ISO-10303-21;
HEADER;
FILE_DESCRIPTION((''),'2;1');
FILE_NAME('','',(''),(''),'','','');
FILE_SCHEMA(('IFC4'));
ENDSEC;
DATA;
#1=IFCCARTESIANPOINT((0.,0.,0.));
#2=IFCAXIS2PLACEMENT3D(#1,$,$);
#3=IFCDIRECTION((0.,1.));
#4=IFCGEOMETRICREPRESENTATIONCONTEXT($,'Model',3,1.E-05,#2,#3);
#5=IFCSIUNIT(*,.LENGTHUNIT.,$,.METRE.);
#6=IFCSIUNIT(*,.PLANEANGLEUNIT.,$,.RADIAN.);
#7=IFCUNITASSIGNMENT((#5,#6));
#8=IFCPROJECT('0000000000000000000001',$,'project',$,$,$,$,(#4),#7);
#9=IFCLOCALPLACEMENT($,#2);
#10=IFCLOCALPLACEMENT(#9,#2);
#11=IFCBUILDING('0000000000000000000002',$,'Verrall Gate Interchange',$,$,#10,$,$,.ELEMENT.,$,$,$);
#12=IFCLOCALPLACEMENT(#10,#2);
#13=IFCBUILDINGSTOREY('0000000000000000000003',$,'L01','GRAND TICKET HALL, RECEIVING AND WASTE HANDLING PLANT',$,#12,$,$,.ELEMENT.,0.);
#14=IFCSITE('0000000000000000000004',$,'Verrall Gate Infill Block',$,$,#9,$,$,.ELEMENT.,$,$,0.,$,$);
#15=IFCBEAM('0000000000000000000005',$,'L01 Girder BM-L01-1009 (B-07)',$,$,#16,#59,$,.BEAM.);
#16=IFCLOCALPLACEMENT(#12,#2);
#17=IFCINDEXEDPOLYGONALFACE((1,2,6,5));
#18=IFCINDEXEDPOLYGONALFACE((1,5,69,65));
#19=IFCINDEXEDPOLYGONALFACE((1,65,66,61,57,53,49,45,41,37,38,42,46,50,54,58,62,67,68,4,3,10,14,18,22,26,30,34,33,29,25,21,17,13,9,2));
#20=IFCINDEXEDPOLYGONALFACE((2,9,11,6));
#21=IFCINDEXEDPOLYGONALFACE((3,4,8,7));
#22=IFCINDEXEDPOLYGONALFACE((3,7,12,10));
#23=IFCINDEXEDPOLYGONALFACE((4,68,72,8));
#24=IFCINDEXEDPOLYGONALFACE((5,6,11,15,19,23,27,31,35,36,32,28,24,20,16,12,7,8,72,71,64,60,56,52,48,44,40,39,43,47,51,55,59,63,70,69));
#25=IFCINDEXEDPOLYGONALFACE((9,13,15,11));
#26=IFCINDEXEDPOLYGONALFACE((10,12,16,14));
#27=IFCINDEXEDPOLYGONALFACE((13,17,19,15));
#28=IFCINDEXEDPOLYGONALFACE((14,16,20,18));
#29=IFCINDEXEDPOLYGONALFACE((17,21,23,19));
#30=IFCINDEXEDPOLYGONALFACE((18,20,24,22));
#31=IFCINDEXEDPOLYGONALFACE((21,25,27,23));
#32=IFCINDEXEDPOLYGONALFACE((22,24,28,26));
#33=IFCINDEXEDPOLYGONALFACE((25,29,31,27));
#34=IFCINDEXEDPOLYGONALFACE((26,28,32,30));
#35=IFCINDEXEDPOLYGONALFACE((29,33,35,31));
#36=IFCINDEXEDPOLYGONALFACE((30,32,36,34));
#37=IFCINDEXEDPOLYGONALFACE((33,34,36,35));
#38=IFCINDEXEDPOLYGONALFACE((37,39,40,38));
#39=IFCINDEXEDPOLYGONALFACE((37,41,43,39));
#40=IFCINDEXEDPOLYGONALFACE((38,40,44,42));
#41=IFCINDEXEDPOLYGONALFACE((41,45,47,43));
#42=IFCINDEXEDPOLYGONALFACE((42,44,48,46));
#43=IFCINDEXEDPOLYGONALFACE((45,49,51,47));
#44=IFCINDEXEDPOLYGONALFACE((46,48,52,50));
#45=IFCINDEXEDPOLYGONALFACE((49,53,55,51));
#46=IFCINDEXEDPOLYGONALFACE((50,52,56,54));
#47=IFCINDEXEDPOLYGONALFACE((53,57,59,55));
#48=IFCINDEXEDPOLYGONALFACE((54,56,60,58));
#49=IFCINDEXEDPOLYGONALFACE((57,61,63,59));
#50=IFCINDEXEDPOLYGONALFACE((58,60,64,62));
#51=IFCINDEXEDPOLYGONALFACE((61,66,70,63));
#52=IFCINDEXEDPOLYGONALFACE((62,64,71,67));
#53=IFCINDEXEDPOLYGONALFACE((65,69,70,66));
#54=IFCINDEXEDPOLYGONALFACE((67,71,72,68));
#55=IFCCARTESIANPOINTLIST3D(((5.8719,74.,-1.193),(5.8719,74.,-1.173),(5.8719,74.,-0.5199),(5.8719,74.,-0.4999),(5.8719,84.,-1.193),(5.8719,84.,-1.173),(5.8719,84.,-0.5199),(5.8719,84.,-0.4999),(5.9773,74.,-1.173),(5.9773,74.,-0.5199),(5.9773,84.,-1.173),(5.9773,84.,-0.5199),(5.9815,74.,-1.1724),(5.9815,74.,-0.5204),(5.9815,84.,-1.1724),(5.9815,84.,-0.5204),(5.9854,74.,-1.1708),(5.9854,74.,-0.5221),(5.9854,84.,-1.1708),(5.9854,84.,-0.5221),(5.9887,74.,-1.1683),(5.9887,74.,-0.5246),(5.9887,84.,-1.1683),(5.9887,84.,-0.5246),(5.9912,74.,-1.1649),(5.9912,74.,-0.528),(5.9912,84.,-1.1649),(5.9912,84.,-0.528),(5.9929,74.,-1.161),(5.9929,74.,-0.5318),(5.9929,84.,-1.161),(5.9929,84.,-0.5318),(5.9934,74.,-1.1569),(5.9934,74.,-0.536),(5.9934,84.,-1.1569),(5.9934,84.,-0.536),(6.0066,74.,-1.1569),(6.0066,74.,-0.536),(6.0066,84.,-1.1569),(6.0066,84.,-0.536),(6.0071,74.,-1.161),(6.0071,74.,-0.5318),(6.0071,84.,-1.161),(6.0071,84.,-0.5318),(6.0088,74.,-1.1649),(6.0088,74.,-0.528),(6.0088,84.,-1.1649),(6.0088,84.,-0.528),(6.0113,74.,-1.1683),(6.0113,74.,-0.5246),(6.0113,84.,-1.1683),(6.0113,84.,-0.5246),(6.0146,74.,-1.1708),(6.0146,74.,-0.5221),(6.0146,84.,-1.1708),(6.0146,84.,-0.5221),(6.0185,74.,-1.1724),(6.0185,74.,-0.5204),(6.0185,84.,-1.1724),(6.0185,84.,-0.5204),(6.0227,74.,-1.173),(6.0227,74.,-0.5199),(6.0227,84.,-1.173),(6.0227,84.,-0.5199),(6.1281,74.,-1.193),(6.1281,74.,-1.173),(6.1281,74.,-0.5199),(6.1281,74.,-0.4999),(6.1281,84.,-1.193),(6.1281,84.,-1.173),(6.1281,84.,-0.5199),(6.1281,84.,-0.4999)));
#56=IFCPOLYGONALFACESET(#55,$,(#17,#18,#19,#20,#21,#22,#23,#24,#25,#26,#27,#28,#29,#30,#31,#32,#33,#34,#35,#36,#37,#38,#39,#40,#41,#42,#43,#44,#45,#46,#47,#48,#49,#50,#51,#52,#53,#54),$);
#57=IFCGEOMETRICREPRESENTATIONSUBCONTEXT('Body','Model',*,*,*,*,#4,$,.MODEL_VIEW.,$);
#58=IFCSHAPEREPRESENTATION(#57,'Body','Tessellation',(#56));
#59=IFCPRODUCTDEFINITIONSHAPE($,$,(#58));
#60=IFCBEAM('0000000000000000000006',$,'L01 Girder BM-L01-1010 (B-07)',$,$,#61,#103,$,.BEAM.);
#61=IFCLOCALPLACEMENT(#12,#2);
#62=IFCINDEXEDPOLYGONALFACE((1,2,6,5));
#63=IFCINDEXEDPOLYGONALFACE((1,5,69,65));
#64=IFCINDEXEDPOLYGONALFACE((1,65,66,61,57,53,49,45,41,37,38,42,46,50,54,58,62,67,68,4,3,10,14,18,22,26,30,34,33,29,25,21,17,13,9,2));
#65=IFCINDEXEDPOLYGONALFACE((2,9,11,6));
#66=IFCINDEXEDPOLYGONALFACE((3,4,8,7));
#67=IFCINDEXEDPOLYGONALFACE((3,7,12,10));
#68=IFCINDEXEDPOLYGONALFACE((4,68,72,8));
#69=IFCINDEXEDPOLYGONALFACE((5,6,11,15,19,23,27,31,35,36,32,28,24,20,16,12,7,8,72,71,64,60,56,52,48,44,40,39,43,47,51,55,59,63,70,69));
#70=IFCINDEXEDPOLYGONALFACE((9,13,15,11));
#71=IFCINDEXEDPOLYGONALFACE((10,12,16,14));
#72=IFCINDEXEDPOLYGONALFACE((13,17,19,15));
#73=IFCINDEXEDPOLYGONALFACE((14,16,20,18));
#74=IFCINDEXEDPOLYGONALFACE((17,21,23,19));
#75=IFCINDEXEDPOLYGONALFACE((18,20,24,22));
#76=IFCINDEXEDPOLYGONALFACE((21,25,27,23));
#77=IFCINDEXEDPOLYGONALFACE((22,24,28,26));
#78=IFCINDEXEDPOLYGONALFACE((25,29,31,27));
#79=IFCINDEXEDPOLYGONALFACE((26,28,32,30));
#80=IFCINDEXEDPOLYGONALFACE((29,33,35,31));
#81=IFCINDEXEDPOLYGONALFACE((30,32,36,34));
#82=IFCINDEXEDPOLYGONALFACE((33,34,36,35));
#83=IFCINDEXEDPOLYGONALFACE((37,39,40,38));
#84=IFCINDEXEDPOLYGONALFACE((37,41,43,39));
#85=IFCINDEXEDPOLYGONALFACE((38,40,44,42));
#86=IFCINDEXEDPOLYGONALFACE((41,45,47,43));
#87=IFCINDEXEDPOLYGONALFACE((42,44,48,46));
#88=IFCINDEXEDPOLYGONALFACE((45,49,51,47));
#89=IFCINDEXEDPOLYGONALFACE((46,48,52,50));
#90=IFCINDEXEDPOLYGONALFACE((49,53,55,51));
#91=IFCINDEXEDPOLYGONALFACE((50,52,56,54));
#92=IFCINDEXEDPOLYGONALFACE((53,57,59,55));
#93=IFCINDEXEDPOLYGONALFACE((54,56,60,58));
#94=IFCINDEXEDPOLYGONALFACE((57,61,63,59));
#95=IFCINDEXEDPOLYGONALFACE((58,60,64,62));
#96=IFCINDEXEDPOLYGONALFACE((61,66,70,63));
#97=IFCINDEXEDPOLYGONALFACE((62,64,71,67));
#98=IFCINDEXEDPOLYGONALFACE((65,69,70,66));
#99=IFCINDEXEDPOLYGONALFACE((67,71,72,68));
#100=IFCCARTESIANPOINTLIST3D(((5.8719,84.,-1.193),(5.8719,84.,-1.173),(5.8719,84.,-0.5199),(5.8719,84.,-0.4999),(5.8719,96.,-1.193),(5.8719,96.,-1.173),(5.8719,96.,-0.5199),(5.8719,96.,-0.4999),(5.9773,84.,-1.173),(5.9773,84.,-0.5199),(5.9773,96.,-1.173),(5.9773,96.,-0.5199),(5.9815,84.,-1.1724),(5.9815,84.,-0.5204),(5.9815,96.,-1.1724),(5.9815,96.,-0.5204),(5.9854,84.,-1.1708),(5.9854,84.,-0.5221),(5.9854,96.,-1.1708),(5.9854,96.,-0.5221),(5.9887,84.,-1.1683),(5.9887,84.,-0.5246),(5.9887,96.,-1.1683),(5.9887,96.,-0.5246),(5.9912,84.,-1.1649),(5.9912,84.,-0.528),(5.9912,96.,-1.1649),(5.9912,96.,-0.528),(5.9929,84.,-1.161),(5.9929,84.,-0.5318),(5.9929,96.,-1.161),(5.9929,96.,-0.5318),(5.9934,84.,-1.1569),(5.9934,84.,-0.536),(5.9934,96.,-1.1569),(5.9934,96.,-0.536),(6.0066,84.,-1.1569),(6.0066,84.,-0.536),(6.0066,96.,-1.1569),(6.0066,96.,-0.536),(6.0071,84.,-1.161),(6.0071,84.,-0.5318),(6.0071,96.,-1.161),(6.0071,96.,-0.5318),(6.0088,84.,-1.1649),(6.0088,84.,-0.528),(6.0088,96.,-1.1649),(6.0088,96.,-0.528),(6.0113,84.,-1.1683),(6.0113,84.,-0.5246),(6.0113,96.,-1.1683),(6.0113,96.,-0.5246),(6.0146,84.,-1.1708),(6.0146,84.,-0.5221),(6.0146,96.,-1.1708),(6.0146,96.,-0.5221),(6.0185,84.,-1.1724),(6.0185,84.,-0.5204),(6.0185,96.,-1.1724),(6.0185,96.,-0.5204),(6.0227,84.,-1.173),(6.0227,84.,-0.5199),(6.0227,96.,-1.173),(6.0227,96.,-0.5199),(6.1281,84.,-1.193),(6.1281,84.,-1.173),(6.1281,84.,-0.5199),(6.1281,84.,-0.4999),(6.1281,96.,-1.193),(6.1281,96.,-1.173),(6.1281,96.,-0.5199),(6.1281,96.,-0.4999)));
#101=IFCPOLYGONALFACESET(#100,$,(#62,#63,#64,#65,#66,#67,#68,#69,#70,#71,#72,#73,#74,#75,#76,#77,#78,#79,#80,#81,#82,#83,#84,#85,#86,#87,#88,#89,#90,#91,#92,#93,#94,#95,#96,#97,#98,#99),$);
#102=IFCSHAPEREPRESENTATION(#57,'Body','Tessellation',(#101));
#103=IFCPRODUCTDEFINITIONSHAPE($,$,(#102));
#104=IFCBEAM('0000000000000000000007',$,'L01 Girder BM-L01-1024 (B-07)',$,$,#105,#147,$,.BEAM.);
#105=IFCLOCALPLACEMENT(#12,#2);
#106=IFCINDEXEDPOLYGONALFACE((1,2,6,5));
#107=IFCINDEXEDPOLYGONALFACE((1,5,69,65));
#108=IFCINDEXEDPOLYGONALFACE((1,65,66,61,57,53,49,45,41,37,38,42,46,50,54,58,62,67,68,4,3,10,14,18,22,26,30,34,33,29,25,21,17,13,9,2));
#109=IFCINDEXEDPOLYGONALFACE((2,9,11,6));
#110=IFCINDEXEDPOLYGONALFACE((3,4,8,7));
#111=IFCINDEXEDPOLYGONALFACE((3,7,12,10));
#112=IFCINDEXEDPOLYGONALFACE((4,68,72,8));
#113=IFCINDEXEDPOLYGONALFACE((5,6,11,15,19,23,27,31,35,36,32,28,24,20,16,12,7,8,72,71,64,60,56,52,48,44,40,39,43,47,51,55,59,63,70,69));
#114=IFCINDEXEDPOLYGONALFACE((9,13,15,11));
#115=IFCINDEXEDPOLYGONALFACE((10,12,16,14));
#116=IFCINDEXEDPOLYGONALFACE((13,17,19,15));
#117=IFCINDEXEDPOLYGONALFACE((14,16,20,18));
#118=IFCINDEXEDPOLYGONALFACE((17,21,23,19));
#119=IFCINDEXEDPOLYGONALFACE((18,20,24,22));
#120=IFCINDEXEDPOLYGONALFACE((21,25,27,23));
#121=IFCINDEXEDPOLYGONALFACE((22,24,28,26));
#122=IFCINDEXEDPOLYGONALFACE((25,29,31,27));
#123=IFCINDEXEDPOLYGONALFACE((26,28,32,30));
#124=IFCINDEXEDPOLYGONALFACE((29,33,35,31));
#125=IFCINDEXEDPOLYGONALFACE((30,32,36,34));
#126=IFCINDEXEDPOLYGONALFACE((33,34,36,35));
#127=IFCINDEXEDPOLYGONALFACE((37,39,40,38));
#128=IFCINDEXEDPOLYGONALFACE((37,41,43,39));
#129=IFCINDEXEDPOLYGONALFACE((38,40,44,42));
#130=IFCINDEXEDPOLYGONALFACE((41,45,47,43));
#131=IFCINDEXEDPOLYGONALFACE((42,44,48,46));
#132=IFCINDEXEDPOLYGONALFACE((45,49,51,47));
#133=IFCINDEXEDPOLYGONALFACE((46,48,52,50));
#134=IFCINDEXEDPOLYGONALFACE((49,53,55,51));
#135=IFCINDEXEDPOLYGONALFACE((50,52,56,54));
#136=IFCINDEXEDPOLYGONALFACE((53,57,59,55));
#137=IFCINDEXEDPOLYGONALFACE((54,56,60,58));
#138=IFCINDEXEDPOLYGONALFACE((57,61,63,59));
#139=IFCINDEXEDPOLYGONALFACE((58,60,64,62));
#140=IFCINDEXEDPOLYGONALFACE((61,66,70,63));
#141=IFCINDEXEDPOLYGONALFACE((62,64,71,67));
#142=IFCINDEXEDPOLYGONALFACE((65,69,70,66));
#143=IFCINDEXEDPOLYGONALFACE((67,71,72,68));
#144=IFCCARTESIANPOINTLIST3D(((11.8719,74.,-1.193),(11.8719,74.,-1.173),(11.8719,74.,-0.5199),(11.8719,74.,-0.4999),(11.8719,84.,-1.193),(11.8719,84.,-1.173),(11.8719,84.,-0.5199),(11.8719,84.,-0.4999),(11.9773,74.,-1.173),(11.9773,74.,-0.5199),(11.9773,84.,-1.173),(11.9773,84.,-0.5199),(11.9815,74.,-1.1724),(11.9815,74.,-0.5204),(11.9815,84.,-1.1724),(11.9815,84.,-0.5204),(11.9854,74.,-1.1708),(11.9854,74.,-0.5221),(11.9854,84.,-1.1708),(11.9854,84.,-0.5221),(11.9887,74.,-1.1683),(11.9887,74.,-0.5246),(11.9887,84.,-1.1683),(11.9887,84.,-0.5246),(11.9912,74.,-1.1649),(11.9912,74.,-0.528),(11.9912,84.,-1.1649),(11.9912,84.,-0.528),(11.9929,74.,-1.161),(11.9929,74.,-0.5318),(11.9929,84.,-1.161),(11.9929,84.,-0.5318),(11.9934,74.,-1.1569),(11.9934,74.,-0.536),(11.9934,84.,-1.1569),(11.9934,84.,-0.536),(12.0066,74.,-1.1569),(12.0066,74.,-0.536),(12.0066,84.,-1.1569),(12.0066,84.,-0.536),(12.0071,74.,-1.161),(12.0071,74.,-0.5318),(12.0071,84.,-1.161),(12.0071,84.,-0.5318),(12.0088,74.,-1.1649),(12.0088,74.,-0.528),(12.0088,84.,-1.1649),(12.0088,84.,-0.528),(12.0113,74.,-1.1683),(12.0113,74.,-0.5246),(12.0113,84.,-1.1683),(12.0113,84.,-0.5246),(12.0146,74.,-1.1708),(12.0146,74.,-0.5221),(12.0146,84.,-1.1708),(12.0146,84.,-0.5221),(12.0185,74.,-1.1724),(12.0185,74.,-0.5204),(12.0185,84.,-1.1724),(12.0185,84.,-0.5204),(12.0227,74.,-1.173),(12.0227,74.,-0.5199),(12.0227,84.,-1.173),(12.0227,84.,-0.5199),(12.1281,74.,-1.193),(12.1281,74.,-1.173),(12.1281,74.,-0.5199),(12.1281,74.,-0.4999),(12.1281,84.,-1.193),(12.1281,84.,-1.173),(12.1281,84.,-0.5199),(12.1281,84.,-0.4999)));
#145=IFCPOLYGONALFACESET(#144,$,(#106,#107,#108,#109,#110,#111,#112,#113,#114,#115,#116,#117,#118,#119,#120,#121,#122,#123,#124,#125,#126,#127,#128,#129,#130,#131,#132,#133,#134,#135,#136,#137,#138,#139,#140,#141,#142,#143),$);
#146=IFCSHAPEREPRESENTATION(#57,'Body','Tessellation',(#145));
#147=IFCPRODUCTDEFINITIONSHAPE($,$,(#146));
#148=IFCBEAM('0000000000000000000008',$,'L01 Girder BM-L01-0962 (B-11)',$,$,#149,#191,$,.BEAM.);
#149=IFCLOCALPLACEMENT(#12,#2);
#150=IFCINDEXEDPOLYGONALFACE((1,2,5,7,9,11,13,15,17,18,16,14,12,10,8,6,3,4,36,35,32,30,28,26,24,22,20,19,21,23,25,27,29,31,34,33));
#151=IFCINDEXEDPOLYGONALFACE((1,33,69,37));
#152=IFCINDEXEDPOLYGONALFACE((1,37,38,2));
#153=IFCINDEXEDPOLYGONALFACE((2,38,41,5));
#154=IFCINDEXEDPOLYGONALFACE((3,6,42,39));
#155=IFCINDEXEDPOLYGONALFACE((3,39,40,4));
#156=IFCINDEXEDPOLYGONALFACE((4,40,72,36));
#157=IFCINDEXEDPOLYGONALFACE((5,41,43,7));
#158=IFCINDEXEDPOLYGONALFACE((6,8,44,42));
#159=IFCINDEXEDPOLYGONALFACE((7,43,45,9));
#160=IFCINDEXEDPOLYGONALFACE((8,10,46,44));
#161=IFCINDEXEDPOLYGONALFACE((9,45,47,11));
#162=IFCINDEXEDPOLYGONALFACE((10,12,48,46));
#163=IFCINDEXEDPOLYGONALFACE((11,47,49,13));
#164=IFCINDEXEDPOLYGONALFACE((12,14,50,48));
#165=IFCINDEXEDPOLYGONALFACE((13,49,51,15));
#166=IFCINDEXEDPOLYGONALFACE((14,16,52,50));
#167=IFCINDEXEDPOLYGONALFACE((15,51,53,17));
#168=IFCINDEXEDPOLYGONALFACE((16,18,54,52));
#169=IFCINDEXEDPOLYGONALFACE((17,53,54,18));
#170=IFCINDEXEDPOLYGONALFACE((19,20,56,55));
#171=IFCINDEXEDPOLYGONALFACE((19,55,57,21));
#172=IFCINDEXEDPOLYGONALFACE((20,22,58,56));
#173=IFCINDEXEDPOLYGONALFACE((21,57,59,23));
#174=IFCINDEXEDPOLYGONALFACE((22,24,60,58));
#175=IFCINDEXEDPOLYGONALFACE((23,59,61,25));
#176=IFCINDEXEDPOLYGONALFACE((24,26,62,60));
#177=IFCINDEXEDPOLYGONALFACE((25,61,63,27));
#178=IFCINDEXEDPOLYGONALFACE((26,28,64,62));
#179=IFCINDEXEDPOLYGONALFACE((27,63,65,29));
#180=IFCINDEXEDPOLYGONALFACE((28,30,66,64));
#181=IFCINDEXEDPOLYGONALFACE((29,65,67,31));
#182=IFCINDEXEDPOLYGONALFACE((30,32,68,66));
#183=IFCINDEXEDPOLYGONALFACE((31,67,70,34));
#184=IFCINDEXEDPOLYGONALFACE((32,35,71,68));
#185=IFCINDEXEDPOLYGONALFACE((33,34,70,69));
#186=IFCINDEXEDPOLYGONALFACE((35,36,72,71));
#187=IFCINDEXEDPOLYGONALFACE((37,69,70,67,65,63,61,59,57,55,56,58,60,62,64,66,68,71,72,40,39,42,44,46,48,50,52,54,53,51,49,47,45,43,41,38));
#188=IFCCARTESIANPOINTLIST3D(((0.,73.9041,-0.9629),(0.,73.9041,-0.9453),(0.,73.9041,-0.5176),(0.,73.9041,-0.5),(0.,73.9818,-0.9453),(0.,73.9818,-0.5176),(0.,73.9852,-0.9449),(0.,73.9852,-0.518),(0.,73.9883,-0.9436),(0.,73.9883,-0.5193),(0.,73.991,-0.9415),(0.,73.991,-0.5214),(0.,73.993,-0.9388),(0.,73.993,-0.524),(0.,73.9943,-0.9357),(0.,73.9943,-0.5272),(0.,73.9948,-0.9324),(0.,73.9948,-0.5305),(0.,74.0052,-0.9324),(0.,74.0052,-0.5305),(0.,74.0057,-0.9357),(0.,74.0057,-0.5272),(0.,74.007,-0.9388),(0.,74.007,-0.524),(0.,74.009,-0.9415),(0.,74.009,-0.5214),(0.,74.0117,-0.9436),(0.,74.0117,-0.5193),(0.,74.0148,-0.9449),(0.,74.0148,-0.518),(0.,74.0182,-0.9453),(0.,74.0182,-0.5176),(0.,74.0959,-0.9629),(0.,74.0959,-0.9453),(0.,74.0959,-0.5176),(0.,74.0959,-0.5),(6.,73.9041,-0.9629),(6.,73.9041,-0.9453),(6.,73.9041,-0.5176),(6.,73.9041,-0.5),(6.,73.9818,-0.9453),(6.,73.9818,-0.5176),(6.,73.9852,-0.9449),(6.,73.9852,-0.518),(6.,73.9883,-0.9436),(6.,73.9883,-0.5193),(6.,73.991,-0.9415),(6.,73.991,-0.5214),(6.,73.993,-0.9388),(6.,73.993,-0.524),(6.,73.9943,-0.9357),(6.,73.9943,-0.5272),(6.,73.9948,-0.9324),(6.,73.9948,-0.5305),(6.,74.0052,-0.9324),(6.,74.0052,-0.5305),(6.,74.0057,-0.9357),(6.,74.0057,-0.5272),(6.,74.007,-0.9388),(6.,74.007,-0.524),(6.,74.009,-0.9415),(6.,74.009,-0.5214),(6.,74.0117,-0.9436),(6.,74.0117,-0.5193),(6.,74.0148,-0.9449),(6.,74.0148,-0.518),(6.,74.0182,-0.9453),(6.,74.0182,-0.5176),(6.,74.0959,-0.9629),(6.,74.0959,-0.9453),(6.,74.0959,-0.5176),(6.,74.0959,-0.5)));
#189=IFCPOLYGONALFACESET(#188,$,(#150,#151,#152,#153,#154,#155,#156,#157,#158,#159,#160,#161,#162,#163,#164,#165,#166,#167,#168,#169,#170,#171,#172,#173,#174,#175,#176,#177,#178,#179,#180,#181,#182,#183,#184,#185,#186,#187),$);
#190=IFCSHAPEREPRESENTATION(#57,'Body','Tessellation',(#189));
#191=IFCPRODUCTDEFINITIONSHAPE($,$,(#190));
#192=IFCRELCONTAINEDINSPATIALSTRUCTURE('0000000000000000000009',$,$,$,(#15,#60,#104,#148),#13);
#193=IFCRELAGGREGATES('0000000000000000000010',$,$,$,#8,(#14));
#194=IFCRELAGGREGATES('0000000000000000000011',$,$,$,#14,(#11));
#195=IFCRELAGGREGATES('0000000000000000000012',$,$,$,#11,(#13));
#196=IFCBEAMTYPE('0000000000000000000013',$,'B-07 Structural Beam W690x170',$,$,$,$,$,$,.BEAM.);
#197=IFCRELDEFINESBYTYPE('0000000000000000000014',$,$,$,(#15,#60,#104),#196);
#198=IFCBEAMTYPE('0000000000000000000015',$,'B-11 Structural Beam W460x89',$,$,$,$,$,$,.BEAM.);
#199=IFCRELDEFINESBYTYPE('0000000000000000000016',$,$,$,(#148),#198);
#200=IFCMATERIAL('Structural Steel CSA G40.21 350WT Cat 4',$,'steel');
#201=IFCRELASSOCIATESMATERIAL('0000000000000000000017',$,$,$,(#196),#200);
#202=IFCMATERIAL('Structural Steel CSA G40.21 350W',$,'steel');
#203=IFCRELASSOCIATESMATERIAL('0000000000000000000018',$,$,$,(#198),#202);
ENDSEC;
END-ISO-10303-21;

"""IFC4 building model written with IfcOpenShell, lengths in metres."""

from ifc_helpers import new_model, si_unit, direction, frame, origin, origin_2d, place, context, subcontext, project, spatial, i_section, extrude, material, material_profile, profile_set, type_object, element, save


model = new_model("IFC4")

# Units and contexts
model_context = context("Model", 3, precision=1e-05, world=origin(), true_north=direction((0.0, 1.0)))
body_context = subcontext(model_context, "Body", "Model", "MODEL_VIEW")
ifc_project = project(units=[si_unit("LENGTHUNIT", "METRE"), si_unit("PLANEANGLEUNIT", "RADIAN")], contexts=[model_context])

# Site, building, storey
site_placement = place(None, origin())
site = spatial("IfcSite", under=ifc_project, at=site_placement, Name="Verrall Gate Infill Block", CompositionType="ELEMENT", RefElevation=0.0)
building_placement = place(site_placement, origin())
building = spatial("IfcBuilding", under=site, at=building_placement, Name="Verrall Gate Interchange", CompositionType="ELEMENT")
storey_placement = place(building_placement, origin())
storey = spatial("IfcBuildingStorey", under=building, at=storey_placement, Name="L01", Description="GRAND TICKET HALL, RECEIVING AND WASTE HANDLING PLANT", CompositionType="ELEMENT", Elevation=0.0)

# Beams
ifc_material_1 = material(Name="Structural Steel CSA G40.21 350WT Cat 4", Category="steel")
ifc_material_profile_1 = material_profile(ifc_material_1, i_section(OverallWidth=0.2561, OverallDepth=0.6931, WebThickness=0.0132, FlangeThickness=0.02, FilletRadius=0.0161, at=origin_2d()), Name="W690x170")
ifc_profile_set_1 = profile_set([ifc_material_profile_1], Name="Structural Steel CSA G40.21 350WT Cat 4")
beam_type_1 = type_object("IfcBeamType", Name="B-07 Structural Beam W690x170", PredefinedType="BEAM", material=ifc_profile_set_1)
beam_1_placement = place(storey_placement, frame((6.0, 74.0, -0.8464), z_axis=(0.0, 1.0, 0.0), x_axis=(-1.0, 0.0, 0.0)))
element("IfcBeam", 1, at=beam_1_placement, inside=storey, type_object=beam_type_1, Name="L01 Girder BM-L01-1009 (B-07)", PredefinedType="BEAM", context=body_context, shape_type="SweptSolid", body=[
    extrude(i_section(OverallWidth=0.2561, OverallDepth=0.6931, WebThickness=0.0132, FlangeThickness=0.02, FilletRadius=0.0161, at=origin_2d()), origin(), (0.0, 0.0, 1.0), 10.0),
])
beam_2_placement = place(storey_placement, frame((6.0, 84.0, -0.8464), z_axis=(0.0, 1.0, 0.0), x_axis=(-1.0, 0.0, 0.0)))
element("IfcBeam", 2, at=beam_2_placement, inside=storey, type_object=beam_type_1, Name="L01 Girder BM-L01-1010 (B-07)", PredefinedType="BEAM", context=body_context, shape_type="SweptSolid", body=[
    extrude(i_section(OverallWidth=0.2561, OverallDepth=0.6931, WebThickness=0.0132, FlangeThickness=0.02, FilletRadius=0.0161, at=origin_2d()), origin(), (0.0, 0.0, 1.0), 12.0),
])
beam_3_placement = place(storey_placement, frame((12.0, 74.0, -0.8464), z_axis=(0.0, 1.0, 0.0), x_axis=(-1.0, 0.0, 0.0)))
element("IfcBeam", 3, at=beam_3_placement, inside=storey, type_object=beam_type_1, Name="L01 Girder BM-L01-1024 (B-07)", PredefinedType="BEAM", context=body_context, shape_type="SweptSolid", body=[
    extrude(i_section(OverallWidth=0.2561, OverallDepth=0.6931, WebThickness=0.0132, FlangeThickness=0.02, FilletRadius=0.0161, at=origin_2d()), origin(), (0.0, 0.0, 1.0), 10.0),
])
ifc_material_2 = material(Name="Structural Steel CSA G40.21 350W", Category="steel")
ifc_material_profile_2 = material_profile(ifc_material_2, i_section(OverallWidth=0.1919, OverallDepth=0.4629, WebThickness=0.0105, FlangeThickness=0.0176, FilletRadius=0.0129, at=origin_2d()), Name="W460x89")
ifc_profile_set_2 = profile_set([ifc_material_profile_2], Name="Structural Steel CSA G40.21 350W")
beam_type_2 = type_object("IfcBeamType", Name="B-11 Structural Beam W460x89", PredefinedType="BEAM", material=ifc_profile_set_2)
for number, where, z_axis, x_axis, name in (
    (4, (0.0, 74.0, -0.7314), (1.0, 0.0, 0.0), (0.0, 1.0, 0.0), "L01 Girder BM-L01-0962 (B-11)"),
):
    element("IfcBeam", number, at=place(storey_placement, frame(where, z_axis=z_axis, x_axis=x_axis)), inside=storey, type_object=beam_type_2, Name=name, PredefinedType="BEAM", context=body_context, shape_type="SweptSolid", body=[
        extrude(i_section(OverallWidth=0.1919, OverallDepth=0.4629, WebThickness=0.0105, FlangeThickness=0.0176, FilletRadius=0.0129, at=origin_2d()), origin(), (0.0, 0.0, 1.0), 6.0),
    ])

save(model, "model.ifc")
